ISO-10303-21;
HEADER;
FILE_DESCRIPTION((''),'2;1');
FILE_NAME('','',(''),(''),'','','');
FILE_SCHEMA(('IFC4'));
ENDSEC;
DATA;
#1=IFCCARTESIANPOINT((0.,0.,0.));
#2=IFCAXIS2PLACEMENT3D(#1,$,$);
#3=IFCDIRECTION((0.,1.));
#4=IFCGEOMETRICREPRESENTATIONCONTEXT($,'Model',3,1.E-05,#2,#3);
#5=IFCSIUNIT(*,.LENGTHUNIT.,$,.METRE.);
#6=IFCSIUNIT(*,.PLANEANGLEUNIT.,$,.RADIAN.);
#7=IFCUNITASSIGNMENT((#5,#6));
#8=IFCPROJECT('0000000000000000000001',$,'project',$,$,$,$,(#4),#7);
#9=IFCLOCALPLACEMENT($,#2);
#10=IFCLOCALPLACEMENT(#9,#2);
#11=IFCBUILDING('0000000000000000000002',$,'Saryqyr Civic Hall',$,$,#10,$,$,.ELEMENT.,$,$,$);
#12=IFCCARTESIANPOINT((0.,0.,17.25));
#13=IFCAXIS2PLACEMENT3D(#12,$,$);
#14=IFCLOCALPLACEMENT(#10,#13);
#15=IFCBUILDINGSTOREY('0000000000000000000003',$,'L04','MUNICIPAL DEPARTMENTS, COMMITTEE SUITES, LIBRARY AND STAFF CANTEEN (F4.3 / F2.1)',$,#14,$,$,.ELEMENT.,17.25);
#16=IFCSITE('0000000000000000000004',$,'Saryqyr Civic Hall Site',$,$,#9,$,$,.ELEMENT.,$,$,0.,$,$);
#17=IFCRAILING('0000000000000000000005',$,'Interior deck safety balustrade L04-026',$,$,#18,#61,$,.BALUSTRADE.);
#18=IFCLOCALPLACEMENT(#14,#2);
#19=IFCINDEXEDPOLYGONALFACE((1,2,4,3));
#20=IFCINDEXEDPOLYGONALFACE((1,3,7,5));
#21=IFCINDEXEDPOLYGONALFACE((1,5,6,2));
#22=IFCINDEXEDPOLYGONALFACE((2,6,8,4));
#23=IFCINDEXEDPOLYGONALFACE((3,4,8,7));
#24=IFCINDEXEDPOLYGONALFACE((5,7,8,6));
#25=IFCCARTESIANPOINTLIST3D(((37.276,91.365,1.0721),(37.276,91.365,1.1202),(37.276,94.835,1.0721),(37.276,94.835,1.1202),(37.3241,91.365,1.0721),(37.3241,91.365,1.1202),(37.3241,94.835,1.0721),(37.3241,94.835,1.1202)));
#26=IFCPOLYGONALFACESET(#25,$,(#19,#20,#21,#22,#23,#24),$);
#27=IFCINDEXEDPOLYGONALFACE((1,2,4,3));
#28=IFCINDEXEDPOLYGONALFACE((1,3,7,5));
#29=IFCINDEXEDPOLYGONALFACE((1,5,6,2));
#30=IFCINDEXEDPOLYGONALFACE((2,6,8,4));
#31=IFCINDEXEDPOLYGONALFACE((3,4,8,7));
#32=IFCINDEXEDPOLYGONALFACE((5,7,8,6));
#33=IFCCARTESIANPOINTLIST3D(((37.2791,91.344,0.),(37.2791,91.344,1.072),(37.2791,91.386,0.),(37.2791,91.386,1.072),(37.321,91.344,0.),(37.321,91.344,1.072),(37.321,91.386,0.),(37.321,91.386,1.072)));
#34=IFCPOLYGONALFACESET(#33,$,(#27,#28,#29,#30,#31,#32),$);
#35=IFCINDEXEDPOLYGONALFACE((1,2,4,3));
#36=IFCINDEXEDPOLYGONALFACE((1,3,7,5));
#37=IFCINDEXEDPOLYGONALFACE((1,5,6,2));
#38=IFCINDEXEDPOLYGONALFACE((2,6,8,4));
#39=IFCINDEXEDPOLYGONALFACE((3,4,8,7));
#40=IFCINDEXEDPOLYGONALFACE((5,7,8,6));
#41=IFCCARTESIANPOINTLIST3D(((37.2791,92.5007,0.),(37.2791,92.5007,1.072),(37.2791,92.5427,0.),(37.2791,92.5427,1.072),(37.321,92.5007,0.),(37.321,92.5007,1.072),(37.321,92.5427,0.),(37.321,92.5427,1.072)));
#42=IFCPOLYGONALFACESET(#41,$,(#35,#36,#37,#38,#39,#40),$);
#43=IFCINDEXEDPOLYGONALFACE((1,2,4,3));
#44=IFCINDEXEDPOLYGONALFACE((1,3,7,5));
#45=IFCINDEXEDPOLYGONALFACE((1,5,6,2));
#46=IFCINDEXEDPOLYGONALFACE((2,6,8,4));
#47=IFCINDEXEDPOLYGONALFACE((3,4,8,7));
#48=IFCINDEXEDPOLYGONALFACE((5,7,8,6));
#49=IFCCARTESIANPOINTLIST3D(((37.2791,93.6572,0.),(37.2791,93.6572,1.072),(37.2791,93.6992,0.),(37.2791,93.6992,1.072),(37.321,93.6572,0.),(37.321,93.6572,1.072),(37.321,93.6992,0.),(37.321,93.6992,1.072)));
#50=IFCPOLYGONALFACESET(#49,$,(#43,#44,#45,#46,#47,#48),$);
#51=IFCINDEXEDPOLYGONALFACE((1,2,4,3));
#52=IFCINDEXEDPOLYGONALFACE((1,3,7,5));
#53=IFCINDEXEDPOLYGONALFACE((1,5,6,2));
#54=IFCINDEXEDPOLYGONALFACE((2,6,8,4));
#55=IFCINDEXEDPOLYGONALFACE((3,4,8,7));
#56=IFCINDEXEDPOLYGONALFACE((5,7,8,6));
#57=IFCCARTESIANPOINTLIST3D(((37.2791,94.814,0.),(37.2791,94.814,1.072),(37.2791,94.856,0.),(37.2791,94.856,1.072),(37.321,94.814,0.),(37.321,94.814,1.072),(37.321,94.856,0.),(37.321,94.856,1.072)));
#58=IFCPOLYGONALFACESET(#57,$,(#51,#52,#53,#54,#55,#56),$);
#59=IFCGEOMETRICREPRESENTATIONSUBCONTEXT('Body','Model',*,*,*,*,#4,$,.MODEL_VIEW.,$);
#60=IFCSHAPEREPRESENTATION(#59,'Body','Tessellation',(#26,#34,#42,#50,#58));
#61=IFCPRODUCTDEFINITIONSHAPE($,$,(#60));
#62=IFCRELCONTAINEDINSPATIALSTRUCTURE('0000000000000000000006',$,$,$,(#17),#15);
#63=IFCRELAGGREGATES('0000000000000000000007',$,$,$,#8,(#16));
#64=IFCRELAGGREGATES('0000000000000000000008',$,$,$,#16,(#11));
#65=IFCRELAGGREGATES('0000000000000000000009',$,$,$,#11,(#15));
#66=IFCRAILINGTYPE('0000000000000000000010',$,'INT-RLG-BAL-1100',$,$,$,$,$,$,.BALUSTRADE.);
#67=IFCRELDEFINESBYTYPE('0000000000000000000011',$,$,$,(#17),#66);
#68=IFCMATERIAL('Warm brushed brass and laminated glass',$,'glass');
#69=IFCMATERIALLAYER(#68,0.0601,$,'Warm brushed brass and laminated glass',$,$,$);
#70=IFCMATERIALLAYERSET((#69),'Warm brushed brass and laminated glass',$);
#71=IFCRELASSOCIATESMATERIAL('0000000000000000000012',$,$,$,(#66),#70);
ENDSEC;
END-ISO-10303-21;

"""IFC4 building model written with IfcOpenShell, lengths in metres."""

from ifc_helpers import new_model, si_unit, direction, frame, origin, origin_2d, place, context, subcontext, project, spatial, rectangle, extrude, material, layer, layer_set, type_object, element, save


model = new_model("IFC4")

# Units and contexts
model_context = context("Model", 3, precision=1e-05, world=origin(), true_north=direction((0.0, 1.0)))
body_context = subcontext(model_context, "Body", "Model", "MODEL_VIEW")
ifc_project = project(units=[si_unit("LENGTHUNIT", "METRE"), si_unit("PLANEANGLEUNIT", "RADIAN")], contexts=[model_context])

# Site, building, storey
site_placement = place(None, origin())
site = spatial("IfcSite", under=ifc_project, at=site_placement, Name="Saryqyr Civic Hall Site", CompositionType="ELEMENT", RefElevation=0.0)
building_placement = place(site_placement, origin())
building = spatial("IfcBuilding", under=site, at=building_placement, Name="Saryqyr Civic Hall", CompositionType="ELEMENT")
storey_placement = place(building_placement, frame((0.0, 0.0, 17.25)))
storey = spatial("IfcBuildingStorey", under=building, at=storey_placement, Name="L04", Description="MUNICIPAL DEPARTMENTS, COMMITTEE SUITES, LIBRARY AND STAFF CANTEEN (F4.3 / F2.1)", CompositionType="ELEMENT", Elevation=17.25)

# Railing
ifc_material_1 = material(Name="Warm brushed brass and laminated glass", Category="glass")
ifc_layer_1 = layer(ifc_material_1, 0.0601, Name="Warm brushed brass and laminated glass")
ifc_layer_set_1 = layer_set([ifc_layer_1], Name="Warm brushed brass and laminated glass")
railing_type = type_object("IfcRailingType", Name="INT-RLG-BAL-1100", PredefinedType="BALUSTRADE", material=ifc_layer_set_1)
railing_1_placement = place(storey_placement, frame((37.3, 91.365, 0.0)))
element("IfcRailing", 1, at=railing_1_placement, inside=storey, type_object=railing_type, Name="Interior deck safety balustrade L04-026", PredefinedType="BALUSTRADE", context=body_context, shape_type="SweptSolid", body=[
    extrude(rectangle(XDim=0.0481, YDim=0.0481, at=origin_2d()), frame((0.0, 0.0, 1.0962), z_axis=(0.0, 1.0, 0.0), x_axis=(-1.0, 0.0, 0.0)), (0.0, 0.0, 1.0), 3.47),
    extrude(rectangle(XDim=0.042, YDim=0.042, at=origin_2d()), origin(), (0.0, 0.0, 1.0), 1.072),
    extrude(rectangle(XDim=0.042, YDim=0.042, at=origin_2d()), frame((0.0, 1.1567, 0.0)), (0.0, 0.0, 1.0), 1.072),
    extrude(rectangle(XDim=0.042, YDim=0.042, at=origin_2d()), frame((0.0, 2.3132, 0.0)), (0.0, 0.0, 1.0), 1.072),
    extrude(rectangle(XDim=0.042, YDim=0.042, at=origin_2d()), frame((0.0, 3.47, 0.0)), (0.0, 0.0, 1.0), 1.072),
])

save(model, "model.ifc")
